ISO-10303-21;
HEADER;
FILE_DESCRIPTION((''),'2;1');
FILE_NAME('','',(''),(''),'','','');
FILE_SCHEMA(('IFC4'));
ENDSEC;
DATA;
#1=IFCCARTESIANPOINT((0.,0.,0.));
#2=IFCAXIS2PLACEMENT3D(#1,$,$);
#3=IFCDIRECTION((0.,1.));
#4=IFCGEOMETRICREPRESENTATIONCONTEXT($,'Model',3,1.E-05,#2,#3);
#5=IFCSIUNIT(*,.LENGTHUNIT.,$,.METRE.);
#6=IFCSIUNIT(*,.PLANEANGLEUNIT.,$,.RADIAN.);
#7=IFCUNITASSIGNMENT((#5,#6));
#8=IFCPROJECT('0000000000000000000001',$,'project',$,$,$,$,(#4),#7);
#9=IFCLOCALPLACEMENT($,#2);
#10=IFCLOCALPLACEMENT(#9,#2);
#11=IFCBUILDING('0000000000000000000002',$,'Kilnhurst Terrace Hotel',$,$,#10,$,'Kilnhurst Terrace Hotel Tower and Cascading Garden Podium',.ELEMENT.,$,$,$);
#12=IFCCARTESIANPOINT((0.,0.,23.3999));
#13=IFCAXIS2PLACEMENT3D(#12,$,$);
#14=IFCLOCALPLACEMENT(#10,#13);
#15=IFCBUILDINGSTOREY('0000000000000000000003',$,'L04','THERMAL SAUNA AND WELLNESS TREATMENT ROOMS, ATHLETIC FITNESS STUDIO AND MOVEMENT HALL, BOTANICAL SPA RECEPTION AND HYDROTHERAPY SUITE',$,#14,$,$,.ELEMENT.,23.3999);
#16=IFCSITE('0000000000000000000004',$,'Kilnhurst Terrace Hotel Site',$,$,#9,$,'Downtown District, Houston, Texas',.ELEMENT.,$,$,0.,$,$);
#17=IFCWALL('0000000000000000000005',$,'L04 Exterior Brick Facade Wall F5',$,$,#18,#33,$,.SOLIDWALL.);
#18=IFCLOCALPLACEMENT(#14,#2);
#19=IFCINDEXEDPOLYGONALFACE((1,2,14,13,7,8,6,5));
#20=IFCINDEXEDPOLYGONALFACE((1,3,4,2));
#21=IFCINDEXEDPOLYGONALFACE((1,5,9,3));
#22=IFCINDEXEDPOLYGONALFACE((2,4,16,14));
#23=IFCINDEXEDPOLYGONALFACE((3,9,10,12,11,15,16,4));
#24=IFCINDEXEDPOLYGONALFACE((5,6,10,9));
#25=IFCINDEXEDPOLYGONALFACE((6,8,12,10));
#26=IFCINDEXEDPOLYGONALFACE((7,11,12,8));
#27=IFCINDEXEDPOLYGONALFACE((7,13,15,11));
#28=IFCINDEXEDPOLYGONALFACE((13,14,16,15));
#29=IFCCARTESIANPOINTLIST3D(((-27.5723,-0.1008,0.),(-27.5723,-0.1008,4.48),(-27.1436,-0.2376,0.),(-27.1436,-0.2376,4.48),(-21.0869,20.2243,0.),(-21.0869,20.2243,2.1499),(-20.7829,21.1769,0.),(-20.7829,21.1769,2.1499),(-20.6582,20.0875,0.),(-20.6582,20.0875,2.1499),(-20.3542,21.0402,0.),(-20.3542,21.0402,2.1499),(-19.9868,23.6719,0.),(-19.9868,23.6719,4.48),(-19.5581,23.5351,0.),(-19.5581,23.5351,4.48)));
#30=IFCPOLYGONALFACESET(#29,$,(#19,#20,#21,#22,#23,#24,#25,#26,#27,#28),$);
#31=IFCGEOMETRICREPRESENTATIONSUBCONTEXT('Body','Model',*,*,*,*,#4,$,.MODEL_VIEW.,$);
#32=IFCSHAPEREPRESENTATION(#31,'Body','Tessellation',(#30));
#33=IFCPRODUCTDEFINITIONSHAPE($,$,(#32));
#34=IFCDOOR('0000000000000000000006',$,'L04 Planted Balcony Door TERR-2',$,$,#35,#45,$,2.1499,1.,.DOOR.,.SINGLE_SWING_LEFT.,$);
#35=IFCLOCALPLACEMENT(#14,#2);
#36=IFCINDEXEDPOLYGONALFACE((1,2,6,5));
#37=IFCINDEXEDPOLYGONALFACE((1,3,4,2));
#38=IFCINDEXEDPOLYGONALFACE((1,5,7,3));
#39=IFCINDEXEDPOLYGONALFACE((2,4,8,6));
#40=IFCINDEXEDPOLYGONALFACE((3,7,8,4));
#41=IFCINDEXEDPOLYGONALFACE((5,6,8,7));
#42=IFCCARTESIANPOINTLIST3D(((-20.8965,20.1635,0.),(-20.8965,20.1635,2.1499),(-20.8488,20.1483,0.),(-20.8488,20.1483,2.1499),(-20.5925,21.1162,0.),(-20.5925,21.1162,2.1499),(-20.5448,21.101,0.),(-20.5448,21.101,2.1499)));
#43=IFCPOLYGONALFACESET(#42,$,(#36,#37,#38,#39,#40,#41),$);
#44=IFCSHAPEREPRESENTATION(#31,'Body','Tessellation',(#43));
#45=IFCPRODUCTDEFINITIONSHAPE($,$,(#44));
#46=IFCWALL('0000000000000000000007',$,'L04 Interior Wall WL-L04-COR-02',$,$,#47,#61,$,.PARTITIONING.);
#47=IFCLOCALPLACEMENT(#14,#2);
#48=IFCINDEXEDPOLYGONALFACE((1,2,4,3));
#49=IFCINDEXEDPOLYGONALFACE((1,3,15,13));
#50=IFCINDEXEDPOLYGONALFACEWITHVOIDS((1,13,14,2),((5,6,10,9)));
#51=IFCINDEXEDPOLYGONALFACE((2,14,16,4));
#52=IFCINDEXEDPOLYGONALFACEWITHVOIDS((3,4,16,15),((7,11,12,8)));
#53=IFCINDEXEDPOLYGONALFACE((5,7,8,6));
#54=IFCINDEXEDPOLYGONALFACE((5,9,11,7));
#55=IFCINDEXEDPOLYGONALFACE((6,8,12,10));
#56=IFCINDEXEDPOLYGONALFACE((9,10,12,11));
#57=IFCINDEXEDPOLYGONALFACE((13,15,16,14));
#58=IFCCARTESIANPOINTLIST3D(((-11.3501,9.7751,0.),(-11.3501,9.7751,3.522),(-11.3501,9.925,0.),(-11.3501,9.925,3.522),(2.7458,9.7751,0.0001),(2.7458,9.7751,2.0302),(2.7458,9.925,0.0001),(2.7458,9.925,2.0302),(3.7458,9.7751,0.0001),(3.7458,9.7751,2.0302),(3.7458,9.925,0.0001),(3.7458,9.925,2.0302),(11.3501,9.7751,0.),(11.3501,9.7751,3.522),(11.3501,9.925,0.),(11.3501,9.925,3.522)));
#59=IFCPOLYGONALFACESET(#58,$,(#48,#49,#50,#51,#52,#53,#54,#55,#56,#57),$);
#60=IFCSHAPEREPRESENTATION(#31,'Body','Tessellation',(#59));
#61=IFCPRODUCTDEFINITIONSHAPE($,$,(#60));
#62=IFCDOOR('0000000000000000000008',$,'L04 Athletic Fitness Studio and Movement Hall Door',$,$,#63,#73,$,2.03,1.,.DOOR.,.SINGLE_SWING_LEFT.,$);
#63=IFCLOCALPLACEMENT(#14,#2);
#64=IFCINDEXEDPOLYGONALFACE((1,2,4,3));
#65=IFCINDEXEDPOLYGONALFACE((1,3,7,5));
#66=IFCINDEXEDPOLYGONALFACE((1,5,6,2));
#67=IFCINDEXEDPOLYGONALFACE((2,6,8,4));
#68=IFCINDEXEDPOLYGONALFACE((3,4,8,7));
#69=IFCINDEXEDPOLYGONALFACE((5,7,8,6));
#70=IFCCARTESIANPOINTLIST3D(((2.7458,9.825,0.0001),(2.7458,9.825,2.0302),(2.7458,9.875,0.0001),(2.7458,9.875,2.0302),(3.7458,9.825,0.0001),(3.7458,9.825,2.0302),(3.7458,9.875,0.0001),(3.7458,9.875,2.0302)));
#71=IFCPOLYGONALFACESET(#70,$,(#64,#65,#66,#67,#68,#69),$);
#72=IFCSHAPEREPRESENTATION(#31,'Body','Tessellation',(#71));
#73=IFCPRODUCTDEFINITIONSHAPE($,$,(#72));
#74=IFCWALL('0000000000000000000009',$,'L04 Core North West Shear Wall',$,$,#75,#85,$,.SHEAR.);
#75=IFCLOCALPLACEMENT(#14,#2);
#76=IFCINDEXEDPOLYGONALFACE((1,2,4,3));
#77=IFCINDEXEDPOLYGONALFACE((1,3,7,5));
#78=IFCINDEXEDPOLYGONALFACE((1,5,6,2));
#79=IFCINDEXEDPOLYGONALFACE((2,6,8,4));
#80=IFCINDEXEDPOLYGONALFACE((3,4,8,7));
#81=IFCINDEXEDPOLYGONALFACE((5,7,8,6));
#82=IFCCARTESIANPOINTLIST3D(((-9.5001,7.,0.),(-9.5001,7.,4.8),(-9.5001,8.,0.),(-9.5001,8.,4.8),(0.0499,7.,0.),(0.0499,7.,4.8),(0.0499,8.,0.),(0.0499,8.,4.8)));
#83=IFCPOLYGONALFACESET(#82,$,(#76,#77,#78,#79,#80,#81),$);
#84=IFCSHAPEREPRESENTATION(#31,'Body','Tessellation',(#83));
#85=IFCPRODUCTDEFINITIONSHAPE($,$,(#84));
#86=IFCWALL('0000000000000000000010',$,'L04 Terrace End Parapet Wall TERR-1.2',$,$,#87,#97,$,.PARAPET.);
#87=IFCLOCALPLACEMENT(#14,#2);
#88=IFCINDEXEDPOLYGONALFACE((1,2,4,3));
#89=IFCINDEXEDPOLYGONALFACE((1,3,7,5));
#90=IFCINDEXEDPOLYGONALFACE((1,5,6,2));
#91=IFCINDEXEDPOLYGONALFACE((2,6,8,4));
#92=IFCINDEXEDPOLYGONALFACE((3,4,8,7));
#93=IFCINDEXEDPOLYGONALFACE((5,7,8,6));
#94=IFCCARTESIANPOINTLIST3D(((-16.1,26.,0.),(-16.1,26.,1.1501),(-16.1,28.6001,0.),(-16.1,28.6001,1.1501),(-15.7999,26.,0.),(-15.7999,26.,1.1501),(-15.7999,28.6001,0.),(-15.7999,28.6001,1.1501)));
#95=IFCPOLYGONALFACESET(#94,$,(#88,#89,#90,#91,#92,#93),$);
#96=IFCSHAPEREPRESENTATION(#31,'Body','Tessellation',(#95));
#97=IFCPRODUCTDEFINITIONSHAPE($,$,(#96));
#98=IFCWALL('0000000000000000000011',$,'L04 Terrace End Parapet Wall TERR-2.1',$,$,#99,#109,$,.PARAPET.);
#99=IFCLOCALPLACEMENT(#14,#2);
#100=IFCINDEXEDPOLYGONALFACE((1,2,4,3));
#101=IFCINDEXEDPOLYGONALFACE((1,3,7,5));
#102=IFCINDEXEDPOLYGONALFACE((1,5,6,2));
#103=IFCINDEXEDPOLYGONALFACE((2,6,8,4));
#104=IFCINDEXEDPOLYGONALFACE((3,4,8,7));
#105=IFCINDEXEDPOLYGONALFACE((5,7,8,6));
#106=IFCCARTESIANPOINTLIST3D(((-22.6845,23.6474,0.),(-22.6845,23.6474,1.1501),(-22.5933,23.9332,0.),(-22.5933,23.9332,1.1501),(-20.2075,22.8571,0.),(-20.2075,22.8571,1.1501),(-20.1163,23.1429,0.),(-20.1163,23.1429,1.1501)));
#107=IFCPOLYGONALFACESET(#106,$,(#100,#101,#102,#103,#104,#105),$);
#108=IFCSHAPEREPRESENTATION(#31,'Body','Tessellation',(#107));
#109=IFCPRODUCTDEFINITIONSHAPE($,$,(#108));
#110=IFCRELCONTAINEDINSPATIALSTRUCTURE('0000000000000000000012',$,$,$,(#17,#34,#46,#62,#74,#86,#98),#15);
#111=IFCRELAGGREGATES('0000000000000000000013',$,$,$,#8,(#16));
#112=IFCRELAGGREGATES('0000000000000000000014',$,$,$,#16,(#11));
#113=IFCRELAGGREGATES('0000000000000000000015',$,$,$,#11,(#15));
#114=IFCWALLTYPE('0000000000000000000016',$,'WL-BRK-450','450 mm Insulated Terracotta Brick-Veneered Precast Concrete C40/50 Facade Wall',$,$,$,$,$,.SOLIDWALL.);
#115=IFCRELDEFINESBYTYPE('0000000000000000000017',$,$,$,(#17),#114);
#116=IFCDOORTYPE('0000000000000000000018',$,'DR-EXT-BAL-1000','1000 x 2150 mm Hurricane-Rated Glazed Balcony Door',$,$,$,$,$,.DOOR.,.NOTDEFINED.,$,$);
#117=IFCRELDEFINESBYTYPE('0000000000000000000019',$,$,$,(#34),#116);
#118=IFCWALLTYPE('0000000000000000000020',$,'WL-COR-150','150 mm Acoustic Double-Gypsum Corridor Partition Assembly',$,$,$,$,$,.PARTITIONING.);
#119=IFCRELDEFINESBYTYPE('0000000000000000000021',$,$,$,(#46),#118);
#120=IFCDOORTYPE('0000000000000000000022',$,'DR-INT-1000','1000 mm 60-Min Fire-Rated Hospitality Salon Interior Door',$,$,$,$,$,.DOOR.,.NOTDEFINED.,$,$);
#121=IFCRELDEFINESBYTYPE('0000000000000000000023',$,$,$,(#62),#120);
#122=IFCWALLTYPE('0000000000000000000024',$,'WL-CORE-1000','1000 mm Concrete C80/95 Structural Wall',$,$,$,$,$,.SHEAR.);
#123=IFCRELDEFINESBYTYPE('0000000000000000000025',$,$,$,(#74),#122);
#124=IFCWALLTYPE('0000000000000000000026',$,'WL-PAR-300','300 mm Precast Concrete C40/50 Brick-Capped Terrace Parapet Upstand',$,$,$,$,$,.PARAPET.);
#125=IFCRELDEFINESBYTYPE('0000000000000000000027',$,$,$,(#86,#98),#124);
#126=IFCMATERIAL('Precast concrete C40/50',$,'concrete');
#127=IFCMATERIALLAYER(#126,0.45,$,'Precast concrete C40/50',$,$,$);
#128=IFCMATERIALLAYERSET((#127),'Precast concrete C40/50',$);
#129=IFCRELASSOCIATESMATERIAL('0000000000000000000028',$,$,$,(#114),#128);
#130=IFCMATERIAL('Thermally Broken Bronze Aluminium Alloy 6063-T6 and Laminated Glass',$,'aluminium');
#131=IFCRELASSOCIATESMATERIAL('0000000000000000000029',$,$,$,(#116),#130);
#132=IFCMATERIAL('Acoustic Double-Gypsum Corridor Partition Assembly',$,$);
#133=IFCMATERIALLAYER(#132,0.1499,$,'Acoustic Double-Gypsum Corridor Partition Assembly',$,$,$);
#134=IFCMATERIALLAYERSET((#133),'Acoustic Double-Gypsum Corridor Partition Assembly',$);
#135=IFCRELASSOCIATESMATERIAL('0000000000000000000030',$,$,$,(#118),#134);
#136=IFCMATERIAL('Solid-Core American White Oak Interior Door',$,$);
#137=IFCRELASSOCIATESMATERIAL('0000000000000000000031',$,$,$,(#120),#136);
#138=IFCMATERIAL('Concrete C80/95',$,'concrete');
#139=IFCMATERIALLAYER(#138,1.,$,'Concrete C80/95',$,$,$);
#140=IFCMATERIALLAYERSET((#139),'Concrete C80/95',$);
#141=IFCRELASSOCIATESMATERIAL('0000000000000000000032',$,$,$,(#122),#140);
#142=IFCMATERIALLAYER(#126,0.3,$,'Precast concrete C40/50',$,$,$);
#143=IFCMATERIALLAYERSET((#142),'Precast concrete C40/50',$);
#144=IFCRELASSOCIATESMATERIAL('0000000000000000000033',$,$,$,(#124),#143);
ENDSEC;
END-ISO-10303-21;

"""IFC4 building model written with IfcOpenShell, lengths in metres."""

from ifc_helpers import new_model, si_unit, direction, frame, frame_2d, origin, place, context, subcontext, project, spatial, rectangle, extrude, material, layer, layer_set, type_object, element, fill, save


model = new_model("IFC4")

# Units and contexts
model_context = context("Model", 3, precision=1e-05, world=origin(), true_north=direction((0.0, 1.0)))
body_context = subcontext(model_context, "Body", "Model", "MODEL_VIEW")
ifc_project = project(units=[si_unit("LENGTHUNIT", "METRE"), si_unit("PLANEANGLEUNIT", "RADIAN")], contexts=[model_context])

# Site, building, storey
site_placement = place(None, origin())
site = spatial("IfcSite", under=ifc_project, at=site_placement, Name="Kilnhurst Terrace Hotel Site", LongName="Downtown District, Houston, Texas", CompositionType="ELEMENT", RefElevation=0.0)
building_placement = place(site_placement, origin())
building = spatial("IfcBuilding", under=site, at=building_placement, Name="Kilnhurst Terrace Hotel", LongName="Kilnhurst Terrace Hotel Tower and Cascading Garden Podium", CompositionType="ELEMENT")
storey_placement = place(building_placement, frame((0.0, 0.0, 23.3999)))
storey = spatial("IfcBuildingStorey", under=building, at=storey_placement, Name="L04", Description="THERMAL SAUNA AND WELLNESS TREATMENT ROOMS, ATHLETIC FITNESS STUDIO AND MOVEMENT HALL, BOTANICAL SPA RECEPTION AND HYDROTHERAPY SUITE", CompositionType="ELEMENT", Elevation=23.3999)

# Shared definitions
ifc_material_1 = material(Name="Concrete C80/95", Category="concrete")

# Shared definitions
ifc_material_2 = material(Name="Precast concrete C40/50", Category="concrete")
ifc_layer_1 = layer(ifc_material_2, 0.45, Name="Precast concrete C40/50")
ifc_layer_set_1 = layer_set([ifc_layer_1], Name="Precast concrete C40/50")
wall_type_1 = type_object("IfcWallType", Name="WL-BRK-450", Description="450 mm Insulated Terracotta Brick-Veneered Precast Concrete C40/50 Facade Wall", PredefinedType="SOLIDWALL", material=ifc_layer_set_1)

# Walls, openings, doors
wall_1_placement = place(storey_placement, frame((-19.7725, 23.6035, 0.0), z_axis=(0.0, 0.0, 1.0), x_axis=(-0.303983, -0.952678, 0.0)))
wall_1 = element("IfcWall", 1, at=wall_1_placement, inside=storey, type_object=wall_type_1, Name="L04 Exterior Brick Facade Wall F5", PredefinedType="SOLIDWALL", context=body_context, shape_type="SweptSolid", body=[
    extrude(rectangle(XDim=24.9536, YDim=0.45, at=frame_2d((12.4768, 0.0))), origin(), (0.0, 0.0, 1.0), 4.48),
])
opening_1_placement = place(wall_1_placement, frame((2.6189, 0.0, 0.0)))
opening_1 = element("IfcOpeningElement", 2, at=opening_1_placement, cuts=wall_1, PredefinedType="OPENING", context=body_context, shape_type="SweptSolid", body=[
    extrude(rectangle(XDim=1.0, YDim=2.1499, at=frame_2d((0.5, 1.075))), frame((0.0, 0.2349, 0.0), z_axis=(0.0, -1.0, 0.0), x_axis=(1.0, 0.0, 0.0)), (0.0, 0.0, 1.0), 0.47),
])
ifc_material_3 = material(Name="Thermally Broken Bronze Aluminium Alloy 6063-T6 and Laminated Glass", Category="aluminium")
door_type_1 = type_object("IfcDoorType", Name="DR-EXT-BAL-1000", Description="1000 x 2150 mm Hurricane-Rated Glazed Balcony Door", OperationType="NOTDEFINED", PredefinedType="DOOR", material=ifc_material_3)
door_1_placement = place(opening_1_placement, origin())
door_1 = element("IfcDoor", 3, at=door_1_placement, inside=storey, type_object=door_type_1, Name="L04 Planted Balcony Door TERR-2", OperationType="SINGLE_SWING_LEFT", OverallHeight=2.1499, OverallWidth=1.0, PredefinedType="DOOR", context=body_context, shape_type="SweptSolid", body=[
    extrude(rectangle(XDim=1.0, YDim=2.1499, at=frame_2d((0.5, 1.075))), frame((0.0, 0.0249, 0.0), z_axis=(0.0, -1.0, 0.0), x_axis=(1.0, 0.0, 0.0)), (0.0, 0.0, 1.0), 0.05),
])
fill(opening_1, door_1)
ifc_material_4 = material(Name="Acoustic Double-Gypsum Corridor Partition Assembly")
ifc_layer_2 = layer(ifc_material_4, 0.1499, Name="Acoustic Double-Gypsum Corridor Partition Assembly")
ifc_layer_set_2 = layer_set([ifc_layer_2], Name="Acoustic Double-Gypsum Corridor Partition Assembly")
wall_type_2 = type_object("IfcWallType", Name="WL-COR-150", Description="150 mm Acoustic Double-Gypsum Corridor Partition Assembly", PredefinedType="PARTITIONING", material=ifc_layer_set_2)
wall_2_placement = place(storey_placement, frame((-11.3501, 9.8501, 0.0), z_axis=(0.0, 0.0, 1.0), x_axis=(1.0, 0.0, 0.0)))
wall_2 = element("IfcWall", 4, at=wall_2_placement, inside=storey, type_object=wall_type_2, Name="L04 Interior Wall WL-L04-COR-02", PredefinedType="PARTITIONING", context=body_context, shape_type="SweptSolid", body=[
    extrude(rectangle(XDim=22.7002, YDim=0.1499, at=frame_2d((11.3501, 0.0))), origin(), (0.0, 0.0, 1.0), 3.522),
])
opening_2_placement = place(wall_2_placement, frame((14.0959, 0.0, 0.0)))
opening_2 = element("IfcOpeningElement", 5, at=opening_2_placement, cuts=wall_2, PredefinedType="OPENING", context=body_context, shape_type="SweptSolid", body=[
    extrude(rectangle(XDim=1.0, YDim=2.03, at=frame_2d((0.5, 1.0151))), frame((0.0, 0.085, 0.0), z_axis=(0.0, -1.0, 0.0), x_axis=(1.0, 0.0, 0.0)), (0.0, 0.0, 1.0), 0.1699),
])
ifc_material_5 = material(Name="Solid-Core American White Oak Interior Door")
door_type_2 = type_object("IfcDoorType", Name="DR-INT-1000", Description="1000 mm 60-Min Fire-Rated Hospitality Salon Interior Door", OperationType="NOTDEFINED", PredefinedType="DOOR", material=ifc_material_5)
door_2_placement = place(opening_2_placement, origin())
door_2 = element("IfcDoor", 6, at=door_2_placement, inside=storey, type_object=door_type_2, Name="L04 Athletic Fitness Studio and Movement Hall Door", OperationType="SINGLE_SWING_LEFT", OverallHeight=2.03, OverallWidth=1.0, PredefinedType="DOOR", context=body_context, shape_type="SweptSolid", body=[
    extrude(rectangle(XDim=1.0, YDim=2.03, at=frame_2d((0.5, 1.0151))), frame((0.0, 0.0249, 0.0), z_axis=(0.0, -1.0, 0.0), x_axis=(1.0, 0.0, 0.0)), (0.0, 0.0, 1.0), 0.05),
])
fill(opening_2, door_2)

# Walls
ifc_layer_3 = layer(ifc_material_1, 1.0, Name="Concrete C80/95")
ifc_layer_set_3 = layer_set([ifc_layer_3], Name="Concrete C80/95")
wall_type_3 = type_object("IfcWallType", Name="WL-CORE-1000", Description="1000 mm Concrete C80/95 Structural Wall", PredefinedType="SHEAR", material=ifc_layer_set_3)
wall_3_placement = place(storey_placement, frame((-9.5, 7.5, 0.0), z_axis=(0.0, 0.0, 1.0), x_axis=(1.0, 0.0, 0.0)))
element("IfcWall", 7, at=wall_3_placement, inside=storey, type_object=wall_type_3, Name="L04 Core North West Shear Wall", PredefinedType="SHEAR", context=body_context, shape_type="SweptSolid", body=[
    extrude(rectangle(XDim=9.55, YDim=1.0, at=frame_2d((4.7749, 0.0))), origin(), (0.0, 0.0, 1.0), 4.8),
])
ifc_layer_4 = layer(ifc_material_2, 0.3, Name="Precast concrete C40/50")
ifc_layer_set_4 = layer_set([ifc_layer_4], Name="Precast concrete C40/50")
wall_type_4 = type_object("IfcWallType", Name="WL-PAR-300", Description="300 mm Precast Concrete C40/50 Brick-Capped Terrace Parapet Upstand", PredefinedType="PARAPET", material=ifc_layer_set_4)
for number, where, z_axis, x_axis, name in (
    (8, (-15.95, 26.0, 0.0), (0.0, 0.0, 1.0), (0.0, 1.0, 0.0), "L04 Terrace End Parapet Wall TERR-1.2"),
    (9, (-20.1619, 23.0, 0.0), (0.0, 0.0, 1.0), (-0.952689, 0.303948, 0.0), "L04 Terrace End Parapet Wall TERR-2.1"),
):
    element("IfcWall", number, at=place(storey_placement, frame(where, z_axis=z_axis, x_axis=x_axis)), inside=storey, type_object=wall_type_4, Name=name, PredefinedType="PARAPET", context=body_context, shape_type="SweptSolid", body=[
        extrude(rectangle(XDim=2.6001, YDim=0.3, at=frame_2d((1.3, 0.0))), origin(), (0.0, 0.0, 1.0), 1.1501),
    ])

save(model, "model.ifc")
